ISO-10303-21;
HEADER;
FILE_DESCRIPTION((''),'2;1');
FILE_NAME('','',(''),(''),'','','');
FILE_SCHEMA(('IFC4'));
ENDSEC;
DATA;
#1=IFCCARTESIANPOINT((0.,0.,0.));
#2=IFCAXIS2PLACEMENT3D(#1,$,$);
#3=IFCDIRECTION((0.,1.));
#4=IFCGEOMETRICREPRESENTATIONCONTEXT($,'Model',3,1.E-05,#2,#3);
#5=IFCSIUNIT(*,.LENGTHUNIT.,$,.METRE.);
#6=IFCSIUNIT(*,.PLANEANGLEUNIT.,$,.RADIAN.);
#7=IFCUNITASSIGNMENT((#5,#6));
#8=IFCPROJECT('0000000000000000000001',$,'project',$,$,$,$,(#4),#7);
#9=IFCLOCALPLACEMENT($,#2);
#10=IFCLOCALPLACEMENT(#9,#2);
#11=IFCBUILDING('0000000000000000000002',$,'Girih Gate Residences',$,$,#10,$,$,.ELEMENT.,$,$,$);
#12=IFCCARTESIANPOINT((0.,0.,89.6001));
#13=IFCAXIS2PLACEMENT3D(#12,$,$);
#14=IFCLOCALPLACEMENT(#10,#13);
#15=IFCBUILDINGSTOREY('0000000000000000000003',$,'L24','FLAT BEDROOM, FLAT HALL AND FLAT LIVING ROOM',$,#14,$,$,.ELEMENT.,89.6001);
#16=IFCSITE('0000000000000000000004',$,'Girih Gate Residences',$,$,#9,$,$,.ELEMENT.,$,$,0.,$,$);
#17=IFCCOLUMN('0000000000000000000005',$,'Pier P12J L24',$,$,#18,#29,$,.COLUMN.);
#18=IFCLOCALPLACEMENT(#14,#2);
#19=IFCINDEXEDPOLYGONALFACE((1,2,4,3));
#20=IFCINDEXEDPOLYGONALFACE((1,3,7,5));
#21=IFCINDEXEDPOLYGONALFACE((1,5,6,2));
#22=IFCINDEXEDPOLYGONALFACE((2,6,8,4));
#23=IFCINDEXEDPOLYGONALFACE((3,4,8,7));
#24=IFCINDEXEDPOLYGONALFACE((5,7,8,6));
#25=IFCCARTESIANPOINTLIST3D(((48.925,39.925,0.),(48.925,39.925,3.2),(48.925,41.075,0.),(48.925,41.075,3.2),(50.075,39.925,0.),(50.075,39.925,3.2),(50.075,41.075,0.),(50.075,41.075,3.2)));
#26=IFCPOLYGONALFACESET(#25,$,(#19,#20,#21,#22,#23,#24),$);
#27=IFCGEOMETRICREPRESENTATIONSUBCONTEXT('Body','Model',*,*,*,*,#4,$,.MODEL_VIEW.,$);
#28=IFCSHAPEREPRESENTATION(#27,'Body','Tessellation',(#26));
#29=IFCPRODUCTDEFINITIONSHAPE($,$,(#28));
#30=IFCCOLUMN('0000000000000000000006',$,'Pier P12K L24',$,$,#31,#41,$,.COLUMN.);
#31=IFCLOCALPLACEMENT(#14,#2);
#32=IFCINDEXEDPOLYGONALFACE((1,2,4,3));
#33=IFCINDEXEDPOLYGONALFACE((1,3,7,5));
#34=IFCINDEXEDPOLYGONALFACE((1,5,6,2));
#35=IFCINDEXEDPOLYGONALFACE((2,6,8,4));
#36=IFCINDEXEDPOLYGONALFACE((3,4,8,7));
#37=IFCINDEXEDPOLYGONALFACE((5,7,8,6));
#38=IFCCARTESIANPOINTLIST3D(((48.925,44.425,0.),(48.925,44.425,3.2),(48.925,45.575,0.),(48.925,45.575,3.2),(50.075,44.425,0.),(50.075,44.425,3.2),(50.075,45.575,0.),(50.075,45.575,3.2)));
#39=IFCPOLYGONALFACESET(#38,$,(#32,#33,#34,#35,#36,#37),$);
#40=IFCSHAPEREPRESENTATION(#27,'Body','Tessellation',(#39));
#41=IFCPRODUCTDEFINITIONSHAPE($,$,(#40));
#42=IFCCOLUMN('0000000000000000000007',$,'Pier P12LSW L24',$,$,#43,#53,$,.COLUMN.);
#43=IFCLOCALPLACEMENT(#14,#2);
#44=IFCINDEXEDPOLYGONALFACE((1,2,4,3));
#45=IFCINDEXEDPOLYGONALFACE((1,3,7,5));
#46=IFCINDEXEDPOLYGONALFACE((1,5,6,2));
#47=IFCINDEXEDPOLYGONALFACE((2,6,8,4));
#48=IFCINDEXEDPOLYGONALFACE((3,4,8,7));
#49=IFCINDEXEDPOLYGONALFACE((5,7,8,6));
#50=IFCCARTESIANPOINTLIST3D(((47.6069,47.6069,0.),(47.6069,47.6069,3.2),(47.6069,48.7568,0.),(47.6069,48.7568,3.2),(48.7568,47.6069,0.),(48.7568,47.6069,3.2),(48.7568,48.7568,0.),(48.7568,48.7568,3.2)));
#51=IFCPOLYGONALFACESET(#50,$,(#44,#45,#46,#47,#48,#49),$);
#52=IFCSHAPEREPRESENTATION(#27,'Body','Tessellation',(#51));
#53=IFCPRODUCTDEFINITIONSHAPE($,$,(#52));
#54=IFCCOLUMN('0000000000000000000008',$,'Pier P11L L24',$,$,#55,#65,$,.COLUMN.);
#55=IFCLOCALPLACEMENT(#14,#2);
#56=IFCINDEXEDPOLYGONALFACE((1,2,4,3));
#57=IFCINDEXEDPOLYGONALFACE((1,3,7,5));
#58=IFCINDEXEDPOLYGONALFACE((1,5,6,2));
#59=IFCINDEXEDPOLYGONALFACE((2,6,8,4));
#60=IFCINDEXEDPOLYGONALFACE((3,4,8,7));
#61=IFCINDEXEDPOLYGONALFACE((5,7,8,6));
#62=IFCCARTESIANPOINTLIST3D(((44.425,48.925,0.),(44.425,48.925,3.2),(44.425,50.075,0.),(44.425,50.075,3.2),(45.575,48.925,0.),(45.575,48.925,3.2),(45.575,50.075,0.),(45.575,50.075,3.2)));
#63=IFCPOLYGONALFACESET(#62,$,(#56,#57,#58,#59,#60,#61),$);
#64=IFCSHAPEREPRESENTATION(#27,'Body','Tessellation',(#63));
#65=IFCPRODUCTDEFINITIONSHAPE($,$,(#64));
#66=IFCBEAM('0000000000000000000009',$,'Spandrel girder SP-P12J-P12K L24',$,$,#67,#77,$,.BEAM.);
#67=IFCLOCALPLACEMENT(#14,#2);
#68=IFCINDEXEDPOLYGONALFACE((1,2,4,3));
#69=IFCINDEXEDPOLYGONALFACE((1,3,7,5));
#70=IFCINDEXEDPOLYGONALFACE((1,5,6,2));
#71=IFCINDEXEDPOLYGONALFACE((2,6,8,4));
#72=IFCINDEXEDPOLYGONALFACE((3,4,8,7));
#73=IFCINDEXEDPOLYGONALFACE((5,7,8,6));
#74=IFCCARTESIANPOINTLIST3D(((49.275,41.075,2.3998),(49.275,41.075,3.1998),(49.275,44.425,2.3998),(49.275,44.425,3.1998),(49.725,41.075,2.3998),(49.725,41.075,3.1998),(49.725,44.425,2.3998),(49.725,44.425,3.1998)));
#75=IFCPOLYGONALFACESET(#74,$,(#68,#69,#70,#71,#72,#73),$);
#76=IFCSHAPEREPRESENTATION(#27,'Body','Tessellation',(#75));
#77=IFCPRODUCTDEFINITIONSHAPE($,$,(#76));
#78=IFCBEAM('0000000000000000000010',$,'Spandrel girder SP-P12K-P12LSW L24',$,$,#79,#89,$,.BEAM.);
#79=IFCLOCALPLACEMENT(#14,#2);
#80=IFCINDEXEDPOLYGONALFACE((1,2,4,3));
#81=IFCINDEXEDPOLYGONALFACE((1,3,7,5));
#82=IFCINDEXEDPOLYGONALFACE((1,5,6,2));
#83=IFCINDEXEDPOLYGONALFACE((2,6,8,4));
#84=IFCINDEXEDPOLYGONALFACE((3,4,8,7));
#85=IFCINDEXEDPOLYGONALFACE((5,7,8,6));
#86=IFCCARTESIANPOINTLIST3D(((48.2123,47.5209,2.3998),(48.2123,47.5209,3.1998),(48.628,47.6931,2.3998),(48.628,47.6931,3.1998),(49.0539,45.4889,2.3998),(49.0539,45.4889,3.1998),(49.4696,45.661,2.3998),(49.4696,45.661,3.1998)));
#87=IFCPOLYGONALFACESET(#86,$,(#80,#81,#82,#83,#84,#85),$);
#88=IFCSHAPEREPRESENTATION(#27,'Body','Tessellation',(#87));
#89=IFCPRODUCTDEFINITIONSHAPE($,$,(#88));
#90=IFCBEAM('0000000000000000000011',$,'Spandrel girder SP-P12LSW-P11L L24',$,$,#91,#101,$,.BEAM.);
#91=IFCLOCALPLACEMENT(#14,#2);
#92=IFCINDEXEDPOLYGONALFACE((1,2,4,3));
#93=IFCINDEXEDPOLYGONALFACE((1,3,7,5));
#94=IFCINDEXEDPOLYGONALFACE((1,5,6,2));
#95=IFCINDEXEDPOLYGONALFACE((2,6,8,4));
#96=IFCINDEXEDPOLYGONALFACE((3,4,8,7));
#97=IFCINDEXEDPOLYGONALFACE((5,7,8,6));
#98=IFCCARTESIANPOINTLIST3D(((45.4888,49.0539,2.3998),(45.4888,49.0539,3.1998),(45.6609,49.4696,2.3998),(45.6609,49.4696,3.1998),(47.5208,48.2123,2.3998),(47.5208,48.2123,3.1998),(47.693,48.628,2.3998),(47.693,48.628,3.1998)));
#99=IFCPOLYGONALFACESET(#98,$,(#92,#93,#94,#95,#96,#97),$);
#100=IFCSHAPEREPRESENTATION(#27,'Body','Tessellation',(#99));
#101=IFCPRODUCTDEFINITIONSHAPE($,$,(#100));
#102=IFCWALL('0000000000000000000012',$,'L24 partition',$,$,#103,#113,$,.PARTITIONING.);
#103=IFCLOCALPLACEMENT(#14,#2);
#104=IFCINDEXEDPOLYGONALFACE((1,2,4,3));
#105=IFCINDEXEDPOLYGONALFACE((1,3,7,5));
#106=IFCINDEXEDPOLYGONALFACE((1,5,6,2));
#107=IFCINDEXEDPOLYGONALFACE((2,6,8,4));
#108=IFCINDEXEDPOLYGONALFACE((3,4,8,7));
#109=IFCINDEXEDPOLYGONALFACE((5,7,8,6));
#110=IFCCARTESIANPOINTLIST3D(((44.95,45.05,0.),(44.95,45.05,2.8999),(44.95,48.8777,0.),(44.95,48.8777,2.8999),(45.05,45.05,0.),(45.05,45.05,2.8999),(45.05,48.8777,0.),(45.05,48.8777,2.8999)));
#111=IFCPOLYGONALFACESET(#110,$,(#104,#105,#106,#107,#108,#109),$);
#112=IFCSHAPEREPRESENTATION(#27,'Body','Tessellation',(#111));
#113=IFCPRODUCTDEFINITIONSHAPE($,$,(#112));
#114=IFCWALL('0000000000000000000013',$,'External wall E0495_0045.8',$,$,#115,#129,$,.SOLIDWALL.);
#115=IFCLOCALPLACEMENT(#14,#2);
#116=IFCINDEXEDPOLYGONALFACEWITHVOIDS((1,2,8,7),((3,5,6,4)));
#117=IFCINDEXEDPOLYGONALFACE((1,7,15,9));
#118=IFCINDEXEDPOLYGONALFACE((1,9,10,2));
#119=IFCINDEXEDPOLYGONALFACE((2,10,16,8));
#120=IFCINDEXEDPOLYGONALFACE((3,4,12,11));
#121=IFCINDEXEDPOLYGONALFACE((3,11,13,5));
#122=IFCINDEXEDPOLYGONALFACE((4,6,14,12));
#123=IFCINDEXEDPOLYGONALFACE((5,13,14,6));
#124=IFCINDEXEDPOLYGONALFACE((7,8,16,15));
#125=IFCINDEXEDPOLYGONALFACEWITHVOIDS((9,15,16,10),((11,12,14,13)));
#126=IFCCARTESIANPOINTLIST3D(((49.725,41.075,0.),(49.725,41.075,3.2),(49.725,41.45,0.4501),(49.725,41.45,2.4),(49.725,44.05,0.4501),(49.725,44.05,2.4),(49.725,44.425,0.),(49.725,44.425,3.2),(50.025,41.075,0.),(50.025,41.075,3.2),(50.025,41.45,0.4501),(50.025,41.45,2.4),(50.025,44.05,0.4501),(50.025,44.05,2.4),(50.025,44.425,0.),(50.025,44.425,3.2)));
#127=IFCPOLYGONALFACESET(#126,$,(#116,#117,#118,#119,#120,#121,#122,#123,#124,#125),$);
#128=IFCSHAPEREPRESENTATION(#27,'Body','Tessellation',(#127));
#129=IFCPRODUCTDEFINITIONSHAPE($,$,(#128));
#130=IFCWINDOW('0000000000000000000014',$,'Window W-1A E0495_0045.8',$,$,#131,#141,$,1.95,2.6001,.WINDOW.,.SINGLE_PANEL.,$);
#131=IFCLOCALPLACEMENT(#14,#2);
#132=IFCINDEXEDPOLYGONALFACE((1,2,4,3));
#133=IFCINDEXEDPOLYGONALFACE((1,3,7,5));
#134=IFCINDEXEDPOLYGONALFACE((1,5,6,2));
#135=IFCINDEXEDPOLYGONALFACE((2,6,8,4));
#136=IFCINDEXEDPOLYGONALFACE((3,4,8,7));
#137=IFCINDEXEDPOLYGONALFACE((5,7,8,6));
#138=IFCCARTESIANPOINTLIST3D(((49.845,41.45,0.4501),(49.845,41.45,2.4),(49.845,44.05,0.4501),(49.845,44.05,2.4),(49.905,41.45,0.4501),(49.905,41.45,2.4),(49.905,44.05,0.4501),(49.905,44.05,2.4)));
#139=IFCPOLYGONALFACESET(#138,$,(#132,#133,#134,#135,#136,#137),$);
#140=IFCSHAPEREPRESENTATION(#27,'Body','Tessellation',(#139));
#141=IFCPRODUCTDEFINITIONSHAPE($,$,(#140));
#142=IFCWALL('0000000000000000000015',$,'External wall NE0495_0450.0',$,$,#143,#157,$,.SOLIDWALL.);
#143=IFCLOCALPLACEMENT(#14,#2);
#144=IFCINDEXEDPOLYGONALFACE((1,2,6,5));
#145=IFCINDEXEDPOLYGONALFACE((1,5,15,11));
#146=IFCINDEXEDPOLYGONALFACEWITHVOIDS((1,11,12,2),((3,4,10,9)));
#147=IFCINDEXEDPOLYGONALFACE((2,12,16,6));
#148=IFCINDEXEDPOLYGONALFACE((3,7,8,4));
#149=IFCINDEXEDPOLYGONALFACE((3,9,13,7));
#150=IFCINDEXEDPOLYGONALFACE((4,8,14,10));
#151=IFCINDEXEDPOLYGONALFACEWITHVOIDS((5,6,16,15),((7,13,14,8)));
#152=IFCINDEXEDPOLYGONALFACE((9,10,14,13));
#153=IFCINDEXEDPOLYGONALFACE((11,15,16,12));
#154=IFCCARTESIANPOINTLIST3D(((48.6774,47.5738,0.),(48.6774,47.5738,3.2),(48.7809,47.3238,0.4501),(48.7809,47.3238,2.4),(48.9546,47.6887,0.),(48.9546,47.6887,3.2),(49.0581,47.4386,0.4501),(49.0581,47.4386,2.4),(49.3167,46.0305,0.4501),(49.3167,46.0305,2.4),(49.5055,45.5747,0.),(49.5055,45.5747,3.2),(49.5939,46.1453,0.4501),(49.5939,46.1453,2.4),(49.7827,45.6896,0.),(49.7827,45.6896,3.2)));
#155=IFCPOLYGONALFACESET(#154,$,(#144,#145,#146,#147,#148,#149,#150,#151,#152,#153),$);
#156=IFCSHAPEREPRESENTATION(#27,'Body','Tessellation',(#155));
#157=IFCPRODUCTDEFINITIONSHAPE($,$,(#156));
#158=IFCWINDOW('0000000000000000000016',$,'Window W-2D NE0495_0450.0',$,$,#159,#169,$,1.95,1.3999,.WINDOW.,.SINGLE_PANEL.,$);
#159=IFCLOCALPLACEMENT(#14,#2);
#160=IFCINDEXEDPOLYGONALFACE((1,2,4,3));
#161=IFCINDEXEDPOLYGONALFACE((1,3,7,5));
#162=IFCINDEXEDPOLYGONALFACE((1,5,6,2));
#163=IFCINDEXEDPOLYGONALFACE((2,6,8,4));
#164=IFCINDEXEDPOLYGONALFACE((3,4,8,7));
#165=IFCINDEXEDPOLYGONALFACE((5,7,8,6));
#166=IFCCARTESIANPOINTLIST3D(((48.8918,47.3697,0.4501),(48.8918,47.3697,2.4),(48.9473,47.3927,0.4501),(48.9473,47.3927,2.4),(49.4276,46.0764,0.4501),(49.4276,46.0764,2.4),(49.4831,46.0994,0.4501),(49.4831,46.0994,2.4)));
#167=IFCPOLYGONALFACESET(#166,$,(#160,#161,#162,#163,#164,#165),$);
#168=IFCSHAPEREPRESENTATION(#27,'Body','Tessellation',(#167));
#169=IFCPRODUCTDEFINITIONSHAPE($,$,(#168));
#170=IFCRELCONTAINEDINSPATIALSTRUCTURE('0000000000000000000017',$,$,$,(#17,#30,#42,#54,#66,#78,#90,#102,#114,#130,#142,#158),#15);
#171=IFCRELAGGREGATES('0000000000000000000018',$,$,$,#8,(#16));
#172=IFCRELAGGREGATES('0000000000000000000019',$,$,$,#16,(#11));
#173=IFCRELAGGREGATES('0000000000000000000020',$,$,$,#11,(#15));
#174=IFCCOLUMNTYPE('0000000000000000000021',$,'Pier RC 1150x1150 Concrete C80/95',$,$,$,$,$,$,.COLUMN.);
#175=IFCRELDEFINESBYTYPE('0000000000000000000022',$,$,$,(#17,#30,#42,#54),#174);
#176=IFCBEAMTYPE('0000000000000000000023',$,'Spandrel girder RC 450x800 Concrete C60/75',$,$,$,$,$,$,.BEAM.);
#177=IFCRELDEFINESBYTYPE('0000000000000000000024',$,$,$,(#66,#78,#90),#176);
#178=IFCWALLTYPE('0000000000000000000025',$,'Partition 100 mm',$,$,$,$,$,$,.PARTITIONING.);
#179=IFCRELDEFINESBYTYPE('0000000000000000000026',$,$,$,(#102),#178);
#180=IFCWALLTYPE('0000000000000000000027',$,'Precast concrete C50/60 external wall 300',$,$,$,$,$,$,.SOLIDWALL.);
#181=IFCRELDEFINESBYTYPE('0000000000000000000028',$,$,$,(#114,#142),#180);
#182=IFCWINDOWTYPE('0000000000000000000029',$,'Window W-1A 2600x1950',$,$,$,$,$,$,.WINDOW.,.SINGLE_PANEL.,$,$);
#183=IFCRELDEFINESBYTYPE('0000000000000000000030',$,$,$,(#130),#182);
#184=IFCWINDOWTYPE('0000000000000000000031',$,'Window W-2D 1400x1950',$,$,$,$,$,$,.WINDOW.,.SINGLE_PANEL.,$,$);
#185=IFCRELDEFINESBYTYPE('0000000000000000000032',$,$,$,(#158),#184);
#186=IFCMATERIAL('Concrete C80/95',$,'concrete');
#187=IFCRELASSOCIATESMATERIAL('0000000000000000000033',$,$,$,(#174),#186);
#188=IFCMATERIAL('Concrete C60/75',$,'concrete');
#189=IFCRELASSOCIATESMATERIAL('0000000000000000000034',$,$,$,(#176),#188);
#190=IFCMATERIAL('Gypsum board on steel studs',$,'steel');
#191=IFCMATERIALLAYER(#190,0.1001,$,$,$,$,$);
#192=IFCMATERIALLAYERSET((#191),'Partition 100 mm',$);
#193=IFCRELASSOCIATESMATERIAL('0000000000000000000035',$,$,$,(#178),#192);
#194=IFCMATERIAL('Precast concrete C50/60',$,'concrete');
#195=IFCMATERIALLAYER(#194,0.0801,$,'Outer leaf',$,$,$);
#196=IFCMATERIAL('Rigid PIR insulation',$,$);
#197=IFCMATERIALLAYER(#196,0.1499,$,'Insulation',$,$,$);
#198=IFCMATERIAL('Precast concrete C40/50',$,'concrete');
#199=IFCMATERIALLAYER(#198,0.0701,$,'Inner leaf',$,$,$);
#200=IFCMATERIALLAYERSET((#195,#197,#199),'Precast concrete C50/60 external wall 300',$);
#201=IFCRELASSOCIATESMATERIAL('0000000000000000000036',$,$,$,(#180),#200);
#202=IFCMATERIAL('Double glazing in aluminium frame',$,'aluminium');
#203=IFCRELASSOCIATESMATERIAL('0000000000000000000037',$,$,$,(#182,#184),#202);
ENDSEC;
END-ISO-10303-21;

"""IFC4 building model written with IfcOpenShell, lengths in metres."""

from ifc_helpers import new_model, si_unit, direction, frame, frame_2d, origin, origin_2d, place, context, subcontext, project, spatial, rectangle, extrude, material, layer, layer_set, material_profile, profile_set, type_object, element, fill, save


model = new_model("IFC4")

# Units and contexts
model_context = context("Model", 3, precision=1e-05, world=origin(), true_north=direction((0.0, 1.0)))
body_context = subcontext(model_context, "Body", "Model", "MODEL_VIEW")
ifc_project = project(units=[si_unit("LENGTHUNIT", "METRE"), si_unit("PLANEANGLEUNIT", "RADIAN")], contexts=[model_context])

# Site, building, storey
site_placement = place(None, origin())
site = spatial("IfcSite", under=ifc_project, at=site_placement, Name="Girih Gate Residences", CompositionType="ELEMENT", RefElevation=0.0)
building_placement = place(site_placement, origin())
building = spatial("IfcBuilding", under=site, at=building_placement, Name="Girih Gate Residences", CompositionType="ELEMENT")
storey_placement = place(building_placement, frame((0.0, 0.0, 89.6001)))
storey = spatial("IfcBuildingStorey", under=building, at=storey_placement, Name="L24", Description="FLAT BEDROOM, FLAT HALL AND FLAT LIVING ROOM", CompositionType="ELEMENT", Elevation=89.6001)

# Columns
ifc_material_1 = material(Name="Concrete C80/95", Category="concrete")
ifc_material_profile_1 = material_profile(ifc_material_1, rectangle(XDim=1.1499, YDim=1.1499, at=origin_2d()))
ifc_profile_set_1 = profile_set([ifc_material_profile_1], Name="Concrete C80/95")
column_type = type_object("IfcColumnType", Name="Pier RC 1150x1150 Concrete C80/95", PredefinedType="COLUMN", material=ifc_profile_set_1)
for number, where, z_axis, x_axis, name in (
    (1, (49.5, 40.5, 0.0), (0.0, 0.0, 1.0), (1.0, 0.0, 0.0), "Pier P12J L24"),
    (2, (49.5, 45.0, 0.0), (0.0, 0.0, 1.0), (1.0, 0.0, 0.0), "Pier P12K L24"),
    (3, (48.1819, 48.1819, 0.0), (0.0, 0.0, 1.0), (1.0, 0.0, 0.0), "Pier P12LSW L24"),
    (4, (45.0, 49.5, 0.0), (0.0, 0.0, 1.0), (1.0, 0.0, 0.0), "Pier P11L L24"),
):
    element("IfcColumn", number, at=place(storey_placement, frame(where, z_axis=z_axis, x_axis=x_axis)), inside=storey, type_object=column_type, Name=name, PredefinedType="COLUMN", context=body_context, shape_type="SweptSolid", body=[
        extrude(rectangle(XDim=1.1499, YDim=1.1499, at=origin_2d()), origin(), (0.0, 0.0, 1.0), 3.2),
    ])

# Beams
ifc_material_2 = material(Name="Concrete C60/75", Category="concrete")
ifc_material_profile_2 = material_profile(ifc_material_2, rectangle(XDim=0.45, YDim=0.8, at=origin_2d()))
ifc_profile_set_2 = profile_set([ifc_material_profile_2], Name="Concrete C60/75")
beam_type = type_object("IfcBeamType", Name="Spandrel girder RC 450x800 Concrete C60/75", PredefinedType="BEAM", material=ifc_profile_set_2)
beam_placement = place(storey_placement, frame((49.5, 41.075, 2.7998), z_axis=(0.0, 1.0, 0.0), x_axis=(-1.0, 0.0, 0.0)))
element("IfcBeam", 5, at=beam_placement, inside=storey, type_object=beam_type, Name="Spandrel girder SP-P12J-P12K L24", PredefinedType="BEAM", context=body_context, shape_type="SweptSolid", body=[
    extrude(rectangle(XDim=0.45, YDim=0.8, at=origin_2d()), origin(), (0.0, 0.0, 1.0), 3.3501),
])
for number, where, z_axis, x_axis, name in (
    (6, (49.2617, 45.575, 2.7998), (-0.382636, 0.923899, 0.0), (-0.923899, -0.382636, 0.0), "Spandrel girder SP-P12K-P12LSW L24"),
    (7, (47.6069, 48.4202, 2.7998), (-0.923899, 0.382636, 0.0), (-0.382636, -0.923899, 0.0), "Spandrel girder SP-P12LSW-P11L L24"),
):
    element("IfcBeam", number, at=place(storey_placement, frame(where, z_axis=z_axis, x_axis=x_axis)), inside=storey, type_object=beam_type, Name=name, PredefinedType="BEAM", context=body_context, shape_type="SweptSolid", body=[
        extrude(rectangle(XDim=0.45, YDim=0.8, at=origin_2d()), origin(), (0.0, 0.0, 1.0), 2.1995),
    ])

# Wall
ifc_material_3 = material(Name="Gypsum board on steel studs", Category="steel")
ifc_layer_1 = layer(ifc_material_3, 0.1001)
ifc_layer_set_1 = layer_set([ifc_layer_1], Name="Partition 100 mm")
wall_type_1 = type_object("IfcWallType", Name="Partition 100 mm", PredefinedType="PARTITIONING", material=ifc_layer_set_1)
wall_1_placement = place(storey_placement, frame((45.0, 45.05, 0.0), z_axis=(0.0, 0.0, 1.0), x_axis=(0.0, 1.0, 0.0)))
element("IfcWall", 8, at=wall_1_placement, inside=storey, type_object=wall_type_1, Name="L24 partition", PredefinedType="PARTITIONING", context=body_context, shape_type="SweptSolid", body=[
    extrude(rectangle(XDim=3.8276, YDim=0.1001, at=frame_2d((1.9138, 0.0))), origin(), (0.0, 0.0, 1.0), 2.8999),
])

# Walls, openings, windows
ifc_material_4 = material(Name="Precast concrete C50/60", Category="concrete")
ifc_layer_2 = layer(ifc_material_4, 0.0801, Name="Outer leaf")
ifc_material_5 = material(Name="Rigid PIR insulation")
ifc_layer_3 = layer(ifc_material_5, 0.1499, Name="Insulation")
ifc_material_6 = material(Name="Precast concrete C40/50", Category="concrete")
ifc_layer_4 = layer(ifc_material_6, 0.0701, Name="Inner leaf")
ifc_layer_set_2 = layer_set([ifc_layer_2, ifc_layer_3, ifc_layer_4], Name="Precast concrete C50/60 external wall 300")
wall_type_2 = type_object("IfcWallType", Name="Precast concrete C50/60 external wall 300", PredefinedType="SOLIDWALL", material=ifc_layer_set_2)
wall_2_placement = place(storey_placement, frame((49.875, 44.425, 0.0), z_axis=(0.0, 0.0, 1.0), x_axis=(0.0, -1.0, 0.0)))
wall_2 = element("IfcWall", 9, at=wall_2_placement, inside=storey, type_object=wall_type_2, Name="External wall E0495_0045.8", PredefinedType="SOLIDWALL", context=body_context, shape_type="SweptSolid", body=[
    extrude(rectangle(XDim=3.3501, YDim=0.3, at=frame_2d((1.675, 0.0))), origin(), (0.0, 0.0, 1.0), 3.2),
])
opening_1_placement = place(wall_2_placement, frame((0.375, 0.0, 0.45)))
opening_1 = element("IfcOpeningElement", 10, at=opening_1_placement, cuts=wall_2, PredefinedType="OPENING", context=body_context, shape_type="SweptSolid", body=[
    extrude(rectangle(XDim=2.6001, YDim=1.95, at=frame_2d((1.3, 0.9751))), frame((0.0, 0.1599, 0.0), z_axis=(0.0, -1.0, 0.0), x_axis=(1.0, 0.0, 0.0)), (0.0, 0.0, 1.0), 0.3201),
])
ifc_material_7 = material(Name="Double glazing in aluminium frame", Category="aluminium")
window_type_1 = type_object("IfcWindowType", Name="Window W-1A 2600x1950", PartitioningType="SINGLE_PANEL", PredefinedType="WINDOW", material=ifc_material_7)
window_1_placement = place(opening_1_placement, origin())
window_1 = element("IfcWindow", 11, at=window_1_placement, inside=storey, type_object=window_type_1, Name="Window W-1A E0495_0045.8", OverallHeight=1.95, OverallWidth=2.6001, PartitioningType="SINGLE_PANEL", PredefinedType="WINDOW", context=body_context, shape_type="SweptSolid", body=[
    extrude(rectangle(XDim=2.6001, YDim=1.95, at=frame_2d((1.3, 0.9751))), frame((0.0, 0.03, 0.0), z_axis=(0.0, -1.0, 0.0), x_axis=(1.0, 0.0, 0.0)), (0.0, 0.0, 1.0), 0.0601),
])
fill(opening_1, window_1)
wall_3_placement = place(storey_placement, frame((48.8159, 47.6313, 0.0), z_axis=(0.0, 0.0, 1.0), x_axis=(0.382724, -0.923863, 0.0)))
wall_3 = element("IfcWall", 12, at=wall_3_placement, inside=storey, type_object=wall_type_2, Name="External wall NE0495_0450.0", PredefinedType="SOLIDWALL", context=body_context, shape_type="SweptSolid", body=[
    extrude(rectangle(XDim=2.1638, YDim=0.3, at=frame_2d((1.082, 0.0))), origin(), (0.0, 0.0, 1.0), 3.2),
])
opening_2_placement = place(wall_3_placement, frame((0.2708, 0.0, 0.45)))
opening_2 = element("IfcOpeningElement", 13, at=opening_2_placement, cuts=wall_3, PredefinedType="OPENING", context=body_context, shape_type="SweptSolid", body=[
    extrude(rectangle(XDim=1.3999, YDim=1.95, at=frame_2d((0.7, 0.9751))), frame((0.0, 0.1599, 0.0), z_axis=(0.0, -1.0, 0.0), x_axis=(1.0, 0.0, 0.0)), (0.0, 0.0, 1.0), 0.3201),
])
window_type_2 = type_object("IfcWindowType", Name="Window W-2D 1400x1950", PartitioningType="SINGLE_PANEL", PredefinedType="WINDOW", material=ifc_material_7)
window_2_placement = place(opening_2_placement, origin())
window_2 = element("IfcWindow", 14, at=window_2_placement, inside=storey, type_object=window_type_2, Name="Window W-2D NE0495_0450.0", OverallHeight=1.95, OverallWidth=1.3999, PartitioningType="SINGLE_PANEL", PredefinedType="WINDOW", context=body_context, shape_type="SweptSolid", body=[
    extrude(rectangle(XDim=1.3999, YDim=1.95, at=frame_2d((0.7, 0.9751))), frame((0.0, 0.03, 0.0), z_axis=(0.0, -1.0, 0.0), x_axis=(1.0, 0.0, 0.0)), (0.0, 0.0, 1.0), 0.0601),
])
fill(opening_2, window_2)

save(model, "model.ifc")
